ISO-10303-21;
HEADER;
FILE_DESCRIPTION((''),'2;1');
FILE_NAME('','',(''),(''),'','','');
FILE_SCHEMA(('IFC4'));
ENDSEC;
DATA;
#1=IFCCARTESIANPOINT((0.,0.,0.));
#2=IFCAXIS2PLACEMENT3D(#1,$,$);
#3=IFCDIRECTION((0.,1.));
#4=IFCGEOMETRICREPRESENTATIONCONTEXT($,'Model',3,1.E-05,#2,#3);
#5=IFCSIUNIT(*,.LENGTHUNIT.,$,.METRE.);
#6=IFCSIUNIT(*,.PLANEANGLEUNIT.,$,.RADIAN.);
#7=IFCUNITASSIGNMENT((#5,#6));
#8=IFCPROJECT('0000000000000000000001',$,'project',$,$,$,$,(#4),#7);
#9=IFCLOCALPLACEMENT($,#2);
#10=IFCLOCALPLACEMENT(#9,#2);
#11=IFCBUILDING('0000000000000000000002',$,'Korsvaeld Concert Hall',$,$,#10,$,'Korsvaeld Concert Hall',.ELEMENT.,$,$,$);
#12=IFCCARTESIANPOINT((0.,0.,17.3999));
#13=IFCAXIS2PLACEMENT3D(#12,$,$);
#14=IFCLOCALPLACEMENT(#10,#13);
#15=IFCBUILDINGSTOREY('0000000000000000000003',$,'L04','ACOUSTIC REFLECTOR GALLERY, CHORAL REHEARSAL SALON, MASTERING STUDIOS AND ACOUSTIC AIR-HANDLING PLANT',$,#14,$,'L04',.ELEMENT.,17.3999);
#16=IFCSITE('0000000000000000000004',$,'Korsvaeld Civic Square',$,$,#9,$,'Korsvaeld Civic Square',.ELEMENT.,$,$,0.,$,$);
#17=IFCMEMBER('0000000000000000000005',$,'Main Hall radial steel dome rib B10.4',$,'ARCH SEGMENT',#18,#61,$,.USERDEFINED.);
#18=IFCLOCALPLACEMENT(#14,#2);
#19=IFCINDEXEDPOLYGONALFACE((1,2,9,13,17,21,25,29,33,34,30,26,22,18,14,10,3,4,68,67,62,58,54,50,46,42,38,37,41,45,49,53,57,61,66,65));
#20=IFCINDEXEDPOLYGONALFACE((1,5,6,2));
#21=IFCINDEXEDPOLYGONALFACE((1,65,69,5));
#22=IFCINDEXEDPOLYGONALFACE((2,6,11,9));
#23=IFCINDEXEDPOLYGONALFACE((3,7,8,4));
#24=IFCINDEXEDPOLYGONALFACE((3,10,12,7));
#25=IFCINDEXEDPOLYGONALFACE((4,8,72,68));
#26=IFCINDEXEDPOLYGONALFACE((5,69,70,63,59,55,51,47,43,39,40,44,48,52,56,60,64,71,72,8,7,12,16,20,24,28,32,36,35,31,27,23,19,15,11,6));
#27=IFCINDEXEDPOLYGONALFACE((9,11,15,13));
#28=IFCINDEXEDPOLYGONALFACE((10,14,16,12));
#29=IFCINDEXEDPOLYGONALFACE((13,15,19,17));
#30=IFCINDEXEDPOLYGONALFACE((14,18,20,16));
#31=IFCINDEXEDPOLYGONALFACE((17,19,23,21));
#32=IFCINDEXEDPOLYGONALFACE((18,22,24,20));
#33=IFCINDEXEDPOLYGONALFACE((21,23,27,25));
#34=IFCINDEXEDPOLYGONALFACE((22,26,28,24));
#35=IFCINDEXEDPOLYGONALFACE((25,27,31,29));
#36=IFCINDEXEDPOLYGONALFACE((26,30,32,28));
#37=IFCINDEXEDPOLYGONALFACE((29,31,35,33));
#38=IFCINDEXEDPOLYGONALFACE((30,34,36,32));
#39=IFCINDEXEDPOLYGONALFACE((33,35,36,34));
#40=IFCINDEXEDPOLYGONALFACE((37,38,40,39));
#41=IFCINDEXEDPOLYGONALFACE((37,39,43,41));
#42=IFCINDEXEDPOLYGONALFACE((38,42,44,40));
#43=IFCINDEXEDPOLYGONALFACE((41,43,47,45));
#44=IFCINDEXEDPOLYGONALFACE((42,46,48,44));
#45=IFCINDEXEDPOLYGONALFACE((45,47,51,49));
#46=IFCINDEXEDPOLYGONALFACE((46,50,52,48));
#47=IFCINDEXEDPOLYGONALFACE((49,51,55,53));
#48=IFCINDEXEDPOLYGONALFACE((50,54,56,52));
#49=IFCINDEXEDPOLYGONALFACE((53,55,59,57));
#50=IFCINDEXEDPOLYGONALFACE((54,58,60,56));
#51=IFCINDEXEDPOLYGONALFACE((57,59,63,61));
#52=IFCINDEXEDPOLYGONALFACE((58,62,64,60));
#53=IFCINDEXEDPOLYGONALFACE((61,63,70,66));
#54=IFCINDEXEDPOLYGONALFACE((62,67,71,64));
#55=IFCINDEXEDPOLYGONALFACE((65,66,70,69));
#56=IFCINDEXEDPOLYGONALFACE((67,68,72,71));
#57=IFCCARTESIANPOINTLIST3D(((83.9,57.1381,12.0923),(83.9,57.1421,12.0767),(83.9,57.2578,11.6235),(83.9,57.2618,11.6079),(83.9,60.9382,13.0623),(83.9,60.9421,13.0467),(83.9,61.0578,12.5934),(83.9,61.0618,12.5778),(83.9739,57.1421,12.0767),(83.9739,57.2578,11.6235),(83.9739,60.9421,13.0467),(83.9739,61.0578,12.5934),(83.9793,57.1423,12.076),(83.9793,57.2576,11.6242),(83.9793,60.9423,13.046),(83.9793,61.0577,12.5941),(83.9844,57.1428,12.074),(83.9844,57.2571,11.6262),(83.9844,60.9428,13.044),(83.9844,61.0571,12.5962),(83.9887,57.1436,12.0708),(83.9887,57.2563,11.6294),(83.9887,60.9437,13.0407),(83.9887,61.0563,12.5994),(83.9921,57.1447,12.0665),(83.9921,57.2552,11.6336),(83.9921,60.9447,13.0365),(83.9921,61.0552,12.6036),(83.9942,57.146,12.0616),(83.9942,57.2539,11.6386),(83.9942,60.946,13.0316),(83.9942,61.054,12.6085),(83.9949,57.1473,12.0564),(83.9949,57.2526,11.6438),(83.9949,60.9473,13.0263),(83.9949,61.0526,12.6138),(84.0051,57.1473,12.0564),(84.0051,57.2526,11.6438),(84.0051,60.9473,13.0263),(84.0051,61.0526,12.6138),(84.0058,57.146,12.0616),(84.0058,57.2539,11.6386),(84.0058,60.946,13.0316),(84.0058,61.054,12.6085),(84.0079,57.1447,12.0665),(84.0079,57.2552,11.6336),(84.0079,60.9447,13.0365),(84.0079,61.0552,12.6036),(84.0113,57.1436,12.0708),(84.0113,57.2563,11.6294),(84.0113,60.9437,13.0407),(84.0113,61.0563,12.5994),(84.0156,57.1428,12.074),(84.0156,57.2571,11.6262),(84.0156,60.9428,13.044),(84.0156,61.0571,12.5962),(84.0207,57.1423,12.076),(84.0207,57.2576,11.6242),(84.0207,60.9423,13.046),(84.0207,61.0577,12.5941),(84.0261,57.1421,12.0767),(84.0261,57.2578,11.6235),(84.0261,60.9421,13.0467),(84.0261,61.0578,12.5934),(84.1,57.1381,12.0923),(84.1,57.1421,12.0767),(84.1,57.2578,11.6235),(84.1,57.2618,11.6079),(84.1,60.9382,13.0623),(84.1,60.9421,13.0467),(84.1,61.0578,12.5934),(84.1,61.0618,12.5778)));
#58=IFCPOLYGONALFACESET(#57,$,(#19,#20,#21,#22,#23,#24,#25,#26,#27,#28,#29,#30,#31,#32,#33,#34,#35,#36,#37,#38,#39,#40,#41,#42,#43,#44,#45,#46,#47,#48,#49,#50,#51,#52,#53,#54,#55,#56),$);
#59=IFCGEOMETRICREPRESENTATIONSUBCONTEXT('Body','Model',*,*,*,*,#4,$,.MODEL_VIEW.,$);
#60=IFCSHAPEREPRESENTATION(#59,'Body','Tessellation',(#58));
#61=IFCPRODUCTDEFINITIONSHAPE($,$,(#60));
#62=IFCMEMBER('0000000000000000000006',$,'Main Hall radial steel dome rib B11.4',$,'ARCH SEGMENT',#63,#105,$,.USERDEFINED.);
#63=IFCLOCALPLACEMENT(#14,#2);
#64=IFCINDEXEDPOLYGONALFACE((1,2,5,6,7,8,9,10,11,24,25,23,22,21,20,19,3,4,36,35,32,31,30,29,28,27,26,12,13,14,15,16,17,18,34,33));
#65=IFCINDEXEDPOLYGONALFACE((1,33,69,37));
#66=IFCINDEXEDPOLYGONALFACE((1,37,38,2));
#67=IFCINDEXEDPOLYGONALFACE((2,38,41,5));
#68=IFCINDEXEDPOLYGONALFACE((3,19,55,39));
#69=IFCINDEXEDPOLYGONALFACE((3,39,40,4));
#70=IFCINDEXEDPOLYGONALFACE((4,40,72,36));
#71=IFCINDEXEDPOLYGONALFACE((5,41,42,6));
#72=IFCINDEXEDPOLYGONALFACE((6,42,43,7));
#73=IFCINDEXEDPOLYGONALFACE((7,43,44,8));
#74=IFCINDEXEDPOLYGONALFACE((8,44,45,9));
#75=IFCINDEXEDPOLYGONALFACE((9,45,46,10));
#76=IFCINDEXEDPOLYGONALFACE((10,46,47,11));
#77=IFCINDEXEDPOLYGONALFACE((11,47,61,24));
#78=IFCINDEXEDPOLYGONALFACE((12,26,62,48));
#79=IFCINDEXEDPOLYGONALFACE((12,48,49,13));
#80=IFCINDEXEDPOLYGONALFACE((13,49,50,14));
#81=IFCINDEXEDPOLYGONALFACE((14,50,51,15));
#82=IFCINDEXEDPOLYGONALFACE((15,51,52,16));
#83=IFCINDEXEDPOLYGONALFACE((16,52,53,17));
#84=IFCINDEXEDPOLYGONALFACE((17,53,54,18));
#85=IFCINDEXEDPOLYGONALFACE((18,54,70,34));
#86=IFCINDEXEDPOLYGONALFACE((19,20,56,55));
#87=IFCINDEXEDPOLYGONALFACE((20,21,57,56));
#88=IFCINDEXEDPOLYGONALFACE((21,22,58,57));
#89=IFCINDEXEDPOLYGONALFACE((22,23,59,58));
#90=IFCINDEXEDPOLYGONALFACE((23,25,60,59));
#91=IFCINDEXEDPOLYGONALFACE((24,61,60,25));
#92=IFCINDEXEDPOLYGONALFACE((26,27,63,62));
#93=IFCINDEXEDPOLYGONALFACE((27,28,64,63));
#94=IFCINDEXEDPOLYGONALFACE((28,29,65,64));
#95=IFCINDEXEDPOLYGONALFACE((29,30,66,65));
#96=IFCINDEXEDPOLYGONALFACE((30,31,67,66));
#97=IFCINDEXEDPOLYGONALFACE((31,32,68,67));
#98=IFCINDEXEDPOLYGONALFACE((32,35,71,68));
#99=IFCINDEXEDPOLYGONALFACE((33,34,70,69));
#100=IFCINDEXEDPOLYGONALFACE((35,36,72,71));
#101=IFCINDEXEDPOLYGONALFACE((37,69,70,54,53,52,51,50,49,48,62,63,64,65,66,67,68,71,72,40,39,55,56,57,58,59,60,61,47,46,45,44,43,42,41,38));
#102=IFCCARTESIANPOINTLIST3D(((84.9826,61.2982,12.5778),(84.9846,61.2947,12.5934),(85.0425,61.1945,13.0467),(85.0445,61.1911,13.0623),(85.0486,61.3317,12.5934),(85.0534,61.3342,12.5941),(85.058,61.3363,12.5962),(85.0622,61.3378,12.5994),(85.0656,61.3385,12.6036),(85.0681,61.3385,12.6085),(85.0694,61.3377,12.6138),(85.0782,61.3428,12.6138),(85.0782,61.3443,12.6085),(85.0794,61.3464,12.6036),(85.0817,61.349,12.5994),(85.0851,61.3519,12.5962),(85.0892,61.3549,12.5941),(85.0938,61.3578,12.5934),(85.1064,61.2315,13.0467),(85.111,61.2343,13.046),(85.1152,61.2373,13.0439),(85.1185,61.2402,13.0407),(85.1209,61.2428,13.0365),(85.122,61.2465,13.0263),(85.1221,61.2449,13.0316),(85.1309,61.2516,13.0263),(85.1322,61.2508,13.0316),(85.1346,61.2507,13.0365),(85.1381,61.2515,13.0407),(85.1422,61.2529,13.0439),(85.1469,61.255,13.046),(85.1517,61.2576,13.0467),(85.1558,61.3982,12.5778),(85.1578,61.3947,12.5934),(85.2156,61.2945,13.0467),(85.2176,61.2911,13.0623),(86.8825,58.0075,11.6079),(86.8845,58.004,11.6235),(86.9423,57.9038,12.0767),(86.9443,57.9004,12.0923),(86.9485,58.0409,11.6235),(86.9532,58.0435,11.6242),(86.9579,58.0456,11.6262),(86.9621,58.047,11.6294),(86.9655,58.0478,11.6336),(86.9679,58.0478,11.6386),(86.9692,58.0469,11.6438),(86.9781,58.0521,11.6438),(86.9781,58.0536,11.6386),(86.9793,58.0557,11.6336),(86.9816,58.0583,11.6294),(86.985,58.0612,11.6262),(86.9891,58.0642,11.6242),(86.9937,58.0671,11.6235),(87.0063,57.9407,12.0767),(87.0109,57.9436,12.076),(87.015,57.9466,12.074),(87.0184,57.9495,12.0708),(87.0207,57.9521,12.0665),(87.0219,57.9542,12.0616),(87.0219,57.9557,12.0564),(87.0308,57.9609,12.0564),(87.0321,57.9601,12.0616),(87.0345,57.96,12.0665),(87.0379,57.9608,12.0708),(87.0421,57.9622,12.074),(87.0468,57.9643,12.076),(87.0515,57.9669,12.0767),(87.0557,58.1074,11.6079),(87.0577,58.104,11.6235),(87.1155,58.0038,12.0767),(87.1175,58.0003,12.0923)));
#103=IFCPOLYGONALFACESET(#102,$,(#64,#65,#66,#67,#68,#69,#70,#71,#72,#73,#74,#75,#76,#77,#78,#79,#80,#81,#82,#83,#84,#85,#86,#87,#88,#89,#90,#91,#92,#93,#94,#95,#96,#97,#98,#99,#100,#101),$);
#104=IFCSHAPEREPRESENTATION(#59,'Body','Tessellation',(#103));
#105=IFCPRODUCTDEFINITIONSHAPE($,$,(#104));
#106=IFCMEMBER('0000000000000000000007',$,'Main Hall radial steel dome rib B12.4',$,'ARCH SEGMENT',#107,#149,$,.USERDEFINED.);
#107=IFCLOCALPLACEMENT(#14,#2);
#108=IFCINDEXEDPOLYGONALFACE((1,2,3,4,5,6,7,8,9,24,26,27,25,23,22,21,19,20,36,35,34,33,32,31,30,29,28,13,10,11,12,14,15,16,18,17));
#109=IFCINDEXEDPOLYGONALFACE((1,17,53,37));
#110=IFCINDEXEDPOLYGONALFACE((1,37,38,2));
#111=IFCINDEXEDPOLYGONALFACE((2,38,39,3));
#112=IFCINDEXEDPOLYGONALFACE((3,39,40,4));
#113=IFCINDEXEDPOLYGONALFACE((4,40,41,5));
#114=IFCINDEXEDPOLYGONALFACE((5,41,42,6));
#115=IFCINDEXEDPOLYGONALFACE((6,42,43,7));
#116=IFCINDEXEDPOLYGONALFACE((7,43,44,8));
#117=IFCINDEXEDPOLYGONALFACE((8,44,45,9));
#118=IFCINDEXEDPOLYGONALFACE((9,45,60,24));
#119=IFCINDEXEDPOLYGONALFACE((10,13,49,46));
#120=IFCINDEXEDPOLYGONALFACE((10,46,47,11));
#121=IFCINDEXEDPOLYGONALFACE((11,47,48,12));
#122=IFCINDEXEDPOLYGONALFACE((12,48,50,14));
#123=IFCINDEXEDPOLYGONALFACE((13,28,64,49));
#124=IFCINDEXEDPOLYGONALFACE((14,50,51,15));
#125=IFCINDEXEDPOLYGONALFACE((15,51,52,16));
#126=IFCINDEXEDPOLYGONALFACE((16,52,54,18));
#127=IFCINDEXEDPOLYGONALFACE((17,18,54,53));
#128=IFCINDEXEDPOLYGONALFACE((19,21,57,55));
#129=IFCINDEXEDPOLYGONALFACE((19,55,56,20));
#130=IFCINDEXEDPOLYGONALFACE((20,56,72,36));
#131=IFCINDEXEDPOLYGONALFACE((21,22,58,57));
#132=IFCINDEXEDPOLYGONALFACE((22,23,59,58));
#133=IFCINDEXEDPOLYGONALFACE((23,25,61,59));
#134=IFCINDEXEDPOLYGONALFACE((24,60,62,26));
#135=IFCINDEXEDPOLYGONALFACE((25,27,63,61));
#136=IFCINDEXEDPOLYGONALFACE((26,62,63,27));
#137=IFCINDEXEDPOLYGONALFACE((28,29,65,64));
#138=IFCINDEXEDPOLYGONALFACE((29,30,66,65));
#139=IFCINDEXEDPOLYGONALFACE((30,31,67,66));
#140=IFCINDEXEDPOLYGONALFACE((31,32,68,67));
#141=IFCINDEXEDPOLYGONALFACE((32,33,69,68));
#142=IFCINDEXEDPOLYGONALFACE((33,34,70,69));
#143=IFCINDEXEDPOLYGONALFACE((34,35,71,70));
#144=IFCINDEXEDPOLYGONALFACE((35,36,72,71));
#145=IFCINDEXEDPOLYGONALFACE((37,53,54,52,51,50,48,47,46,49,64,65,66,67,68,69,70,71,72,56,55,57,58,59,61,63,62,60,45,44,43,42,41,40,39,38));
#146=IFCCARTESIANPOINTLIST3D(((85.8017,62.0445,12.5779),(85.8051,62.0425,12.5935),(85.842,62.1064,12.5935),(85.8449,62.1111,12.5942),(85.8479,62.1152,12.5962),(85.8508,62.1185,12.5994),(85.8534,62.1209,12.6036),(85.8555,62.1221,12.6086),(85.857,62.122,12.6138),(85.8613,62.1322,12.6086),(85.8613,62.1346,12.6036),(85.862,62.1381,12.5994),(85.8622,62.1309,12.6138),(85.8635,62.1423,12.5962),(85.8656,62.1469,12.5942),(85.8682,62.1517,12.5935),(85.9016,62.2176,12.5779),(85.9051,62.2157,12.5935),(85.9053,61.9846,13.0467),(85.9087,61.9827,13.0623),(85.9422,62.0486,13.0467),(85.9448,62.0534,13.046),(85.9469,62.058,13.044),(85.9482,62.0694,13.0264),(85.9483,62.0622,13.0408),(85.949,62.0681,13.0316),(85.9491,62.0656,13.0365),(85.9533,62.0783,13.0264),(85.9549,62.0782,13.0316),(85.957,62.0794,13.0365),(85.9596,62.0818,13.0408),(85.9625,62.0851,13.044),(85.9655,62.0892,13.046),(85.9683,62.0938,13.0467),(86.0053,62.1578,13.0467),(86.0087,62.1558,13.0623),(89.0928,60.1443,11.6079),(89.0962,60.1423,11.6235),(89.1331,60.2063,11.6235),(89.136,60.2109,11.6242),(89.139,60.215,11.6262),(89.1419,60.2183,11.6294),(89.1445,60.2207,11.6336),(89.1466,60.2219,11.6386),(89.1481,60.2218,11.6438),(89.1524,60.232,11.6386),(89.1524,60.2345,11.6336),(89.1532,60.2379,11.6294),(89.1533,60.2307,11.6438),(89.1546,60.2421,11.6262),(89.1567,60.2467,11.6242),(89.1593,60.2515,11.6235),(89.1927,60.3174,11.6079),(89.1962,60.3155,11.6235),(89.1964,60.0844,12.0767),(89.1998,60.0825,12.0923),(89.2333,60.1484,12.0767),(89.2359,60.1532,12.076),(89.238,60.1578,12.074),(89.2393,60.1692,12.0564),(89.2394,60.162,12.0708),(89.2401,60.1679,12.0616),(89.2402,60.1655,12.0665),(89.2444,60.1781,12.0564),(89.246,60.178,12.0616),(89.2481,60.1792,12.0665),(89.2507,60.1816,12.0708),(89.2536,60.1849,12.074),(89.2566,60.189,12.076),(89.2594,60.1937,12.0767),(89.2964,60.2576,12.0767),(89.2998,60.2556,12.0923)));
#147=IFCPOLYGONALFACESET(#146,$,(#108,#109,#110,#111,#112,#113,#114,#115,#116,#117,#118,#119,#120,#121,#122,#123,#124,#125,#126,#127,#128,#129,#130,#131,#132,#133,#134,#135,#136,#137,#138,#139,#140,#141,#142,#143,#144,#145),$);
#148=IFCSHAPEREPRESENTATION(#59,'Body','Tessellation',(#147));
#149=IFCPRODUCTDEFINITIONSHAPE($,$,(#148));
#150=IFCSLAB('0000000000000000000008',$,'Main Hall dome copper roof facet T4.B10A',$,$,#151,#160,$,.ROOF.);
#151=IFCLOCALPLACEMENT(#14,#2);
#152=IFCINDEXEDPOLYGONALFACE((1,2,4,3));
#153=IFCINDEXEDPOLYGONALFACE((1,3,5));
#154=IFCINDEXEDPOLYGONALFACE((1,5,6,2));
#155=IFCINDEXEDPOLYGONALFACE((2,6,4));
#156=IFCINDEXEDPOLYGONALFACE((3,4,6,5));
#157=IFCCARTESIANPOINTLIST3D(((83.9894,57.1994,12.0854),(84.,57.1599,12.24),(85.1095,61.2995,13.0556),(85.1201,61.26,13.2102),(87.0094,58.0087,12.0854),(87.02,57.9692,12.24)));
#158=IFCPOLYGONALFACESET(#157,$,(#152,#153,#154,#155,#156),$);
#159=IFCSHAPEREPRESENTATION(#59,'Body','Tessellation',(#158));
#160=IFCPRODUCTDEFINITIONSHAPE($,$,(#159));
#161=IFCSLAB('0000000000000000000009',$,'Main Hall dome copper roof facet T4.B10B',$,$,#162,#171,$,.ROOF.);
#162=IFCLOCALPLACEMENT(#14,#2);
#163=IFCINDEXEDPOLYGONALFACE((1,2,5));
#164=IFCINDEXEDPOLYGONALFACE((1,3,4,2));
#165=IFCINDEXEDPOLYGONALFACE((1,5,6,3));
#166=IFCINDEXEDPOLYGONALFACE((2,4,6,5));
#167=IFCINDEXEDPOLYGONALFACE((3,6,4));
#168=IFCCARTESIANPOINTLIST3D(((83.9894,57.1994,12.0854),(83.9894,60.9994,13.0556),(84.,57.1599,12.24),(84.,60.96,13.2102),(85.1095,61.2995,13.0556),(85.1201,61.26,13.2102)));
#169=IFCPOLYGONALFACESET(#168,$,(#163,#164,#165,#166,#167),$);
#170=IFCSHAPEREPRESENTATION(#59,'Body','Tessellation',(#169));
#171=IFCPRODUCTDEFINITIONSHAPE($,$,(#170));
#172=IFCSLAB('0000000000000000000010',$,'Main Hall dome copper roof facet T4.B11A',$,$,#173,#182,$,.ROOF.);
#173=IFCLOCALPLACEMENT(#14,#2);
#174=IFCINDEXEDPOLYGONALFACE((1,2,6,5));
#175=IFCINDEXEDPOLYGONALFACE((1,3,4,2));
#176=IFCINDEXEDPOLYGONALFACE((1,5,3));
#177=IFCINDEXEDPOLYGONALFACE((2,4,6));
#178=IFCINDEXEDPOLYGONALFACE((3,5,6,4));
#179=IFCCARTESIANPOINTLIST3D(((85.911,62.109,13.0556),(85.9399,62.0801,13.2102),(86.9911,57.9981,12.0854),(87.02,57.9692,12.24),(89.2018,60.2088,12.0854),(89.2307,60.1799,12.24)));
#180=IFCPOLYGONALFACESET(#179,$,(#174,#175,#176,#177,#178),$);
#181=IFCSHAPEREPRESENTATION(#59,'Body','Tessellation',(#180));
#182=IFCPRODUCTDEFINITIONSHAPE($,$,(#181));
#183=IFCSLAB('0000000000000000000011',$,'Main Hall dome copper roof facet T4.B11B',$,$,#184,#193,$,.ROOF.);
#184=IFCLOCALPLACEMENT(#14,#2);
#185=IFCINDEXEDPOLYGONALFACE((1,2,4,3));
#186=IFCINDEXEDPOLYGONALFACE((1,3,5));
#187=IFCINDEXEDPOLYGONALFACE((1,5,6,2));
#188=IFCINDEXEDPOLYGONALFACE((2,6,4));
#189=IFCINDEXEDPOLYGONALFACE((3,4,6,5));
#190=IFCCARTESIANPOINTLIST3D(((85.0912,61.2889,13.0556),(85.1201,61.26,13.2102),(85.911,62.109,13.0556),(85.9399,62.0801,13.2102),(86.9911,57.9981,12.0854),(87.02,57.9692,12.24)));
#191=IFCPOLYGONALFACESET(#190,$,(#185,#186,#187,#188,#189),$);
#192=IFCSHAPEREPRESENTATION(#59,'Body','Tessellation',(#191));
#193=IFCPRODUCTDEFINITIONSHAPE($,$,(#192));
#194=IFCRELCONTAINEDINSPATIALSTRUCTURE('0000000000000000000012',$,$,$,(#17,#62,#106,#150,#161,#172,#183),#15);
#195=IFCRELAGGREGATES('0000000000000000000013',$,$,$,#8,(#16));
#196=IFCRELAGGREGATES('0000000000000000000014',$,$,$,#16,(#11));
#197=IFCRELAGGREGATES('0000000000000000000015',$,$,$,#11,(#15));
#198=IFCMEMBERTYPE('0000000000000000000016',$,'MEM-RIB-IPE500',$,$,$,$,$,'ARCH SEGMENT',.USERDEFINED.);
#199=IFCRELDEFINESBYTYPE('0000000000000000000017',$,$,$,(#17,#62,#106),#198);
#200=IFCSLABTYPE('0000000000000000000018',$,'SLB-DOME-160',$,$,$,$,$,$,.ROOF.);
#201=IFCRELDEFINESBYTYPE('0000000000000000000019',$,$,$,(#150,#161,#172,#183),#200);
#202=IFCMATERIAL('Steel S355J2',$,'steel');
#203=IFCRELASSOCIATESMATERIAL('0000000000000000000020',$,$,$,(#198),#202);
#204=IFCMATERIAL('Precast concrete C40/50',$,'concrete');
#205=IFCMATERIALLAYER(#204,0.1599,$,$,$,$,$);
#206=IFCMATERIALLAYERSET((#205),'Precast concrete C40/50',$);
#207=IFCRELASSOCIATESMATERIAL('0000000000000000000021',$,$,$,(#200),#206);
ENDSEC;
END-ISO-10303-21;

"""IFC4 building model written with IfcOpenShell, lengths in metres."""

from ifc_helpers import new_model, si_unit, direction, frame, origin, origin_2d, place, context, subcontext, project, spatial, polyline, i_section, outline, extrude, material, layer, layer_set, material_profile, profile_set, type_object, element, save


model = new_model("IFC4")

# Units and contexts
model_context = context("Model", 3, precision=1e-05, world=origin(), true_north=direction((0.0, 1.0)))
body_context = subcontext(model_context, "Body", "Model", "MODEL_VIEW")
ifc_project = project(units=[si_unit("LENGTHUNIT", "METRE"), si_unit("PLANEANGLEUNIT", "RADIAN")], contexts=[model_context])

# Site, building, storey
site_placement = place(None, origin())
site = spatial("IfcSite", under=ifc_project, at=site_placement, Name="Korsvaeld Civic Square", LongName="Korsvaeld Civic Square", CompositionType="ELEMENT", RefElevation=0.0)
building_placement = place(site_placement, origin())
building = spatial("IfcBuilding", under=site, at=building_placement, Name="Korsvaeld Concert Hall", LongName="Korsvaeld Concert Hall", CompositionType="ELEMENT")
storey_placement = place(building_placement, frame((0.0, 0.0, 17.3999)))
storey = spatial("IfcBuildingStorey", under=building, at=storey_placement, Name="L04", Description="ACOUSTIC REFLECTOR GALLERY, CHORAL REHEARSAL SALON, MASTERING STUDIOS AND ACOUSTIC AIR-HANDLING PLANT", LongName="L04", CompositionType="ELEMENT", Elevation=17.3999)

# Shared definitions
ifc_material_1 = material(Name="Steel S355J2", Category="steel")

# Members
ifc_material_profile_1 = material_profile(ifc_material_1, i_section(OverallWidth=0.2, OverallDepth=0.5, WebThickness=0.0103, FlangeThickness=0.0161, FilletRadius=0.021, at=origin_2d()), Name="IPE 500")
ifc_profile_set_1 = profile_set([ifc_material_profile_1], Name="Steel S355J2")
member_type_1 = type_object("IfcMemberType", Name="MEM-RIB-IPE500", ElementType="ARCH SEGMENT", PredefinedType="USERDEFINED", material=ifc_profile_set_1)
member_1_placement = place(storey_placement, frame((84.0, 57.2, 11.8501), z_axis=(0.0, 0.968933, 0.247322), x_axis=(-1.0, 0.0, 0.0)))
element("IfcMember", 1, at=member_1_placement, inside=storey, type_object=member_type_1, Name="Main Hall radial steel dome rib B10.4", ObjectType="ARCH SEGMENT", PredefinedType="USERDEFINED", context=body_context, shape_type="SweptSolid", body=[
    extrude(i_section(OverallWidth=0.2, OverallDepth=0.5, WebThickness=0.0103, FlangeThickness=0.0161, FilletRadius=0.021, at=origin_2d()), origin(), (0.0, 0.0, 1.0), 3.9219),
])
member_2_placement = place(storey_placement, frame((87.0, 58.0039, 11.8501), z_axis=(-0.48446, 0.839121, 0.247335), x_axis=(-0.866028, -0.499995, 0.0)))
element("IfcMember", 2, at=member_2_placement, inside=storey, type_object=member_type_1, Name="Main Hall radial steel dome rib B11.4", ObjectType="ARCH SEGMENT", PredefinedType="USERDEFINED", context=body_context, shape_type="SweptSolid", body=[
    extrude(i_section(OverallWidth=0.2, OverallDepth=0.5, WebThickness=0.0103, FlangeThickness=0.0161, FilletRadius=0.021, at=origin_2d()), origin(), (0.0, 0.0, 1.0), 3.9216),
])
member_3_placement = place(storey_placement, frame((89.1963, 60.2, 11.8501), z_axis=(-0.839114, 0.484482, 0.247315), x_axis=(-0.500015, -0.866017, 0.0)))
element("IfcMember", 3, at=member_3_placement, inside=storey, type_object=member_type_1, Name="Main Hall radial steel dome rib B12.4", ObjectType="ARCH SEGMENT", PredefinedType="USERDEFINED", context=body_context, shape_type="SweptSolid", body=[
    extrude(i_section(OverallWidth=0.2, OverallDepth=0.5, WebThickness=0.0103, FlangeThickness=0.0161, FilletRadius=0.021, at=origin_2d()), origin(), (0.0, 0.0, 1.0), 3.9221),
])

# Slabs
ifc_material_2 = material(Name="Precast concrete C40/50", Category="concrete")
ifc_layer = layer(ifc_material_2, 0.1599)
ifc_layer_set = layer_set([ifc_layer], Name="Precast concrete C40/50")
slab_type = type_object("IfcSlabType", Name="SLB-DOME-160", PredefinedType="ROOF", material=ifc_layer_set)
slab_1_placement = place(storey_placement, frame((84.0, 57.1599, 12.24), z_axis=(0.066152, -0.246847, 0.966794), x_axis=(0.965917, 0.258853, 0.0)))
element("IfcSlab", 4, at=slab_1_placement, inside=storey, type_object=slab_type, Name="Main Hall dome copper roof facet T4.B10A", PredefinedType="ROOF", context=body_context, shape_type="SweptSolid", body=[
    extrude(outline(polyline([(0.0, 0.0), (3.1266, 0.0), (2.1433, 3.7965), (0.0, 0.0)])), origin(), (0.0, 0.0, -1.0), 0.1599),
])
slab_2_placement = place(storey_placement, frame((84.0, 57.1599, 12.24), z_axis=(0.066122, -0.246839, 0.966798), x_axis=(0.256927, 0.940459, 0.222543)))
element("IfcSlab", 5, at=slab_2_placement, inside=storey, type_object=slab_type, Name="Main Hall dome copper roof facet T4.B10B", PredefinedType="ROOF", context=body_context, shape_type="SweptSolid", body=[
    extrude(outline(polyline([(0.0, 0.0), (4.3597, 0.0), (3.7897, 1.0099), (0.0, 0.0)])), origin(), (0.0, 0.0, -1.0), 0.1599),
])
slab_3_placement = place(storey_placement, frame((87.02, 57.9692, 12.24), z_axis=(0.1807, -0.1807, 0.966796), x_axis=(0.707107, 0.707107, 0.0)))
element("IfcSlab", 6, at=slab_3_placement, inside=storey, type_object=slab_type, Name="Main Hall dome copper roof facet T4.B11A", PredefinedType="ROOF", context=body_context, shape_type="SweptSolid", body=[
    extrude(outline(polyline([(0.0, 0.0), (3.1264, 0.0), (2.1431, 3.7966), (0.0, 0.0)])), origin(), (0.0, 0.0, -1.0), 0.1599),
])
slab_4_placement = place(storey_placement, frame((87.02, 57.9692, 12.24), z_axis=(0.180742, -0.180688, 0.966791), x_axis=(-0.247742, 0.94292, 0.222542)))
element("IfcSlab", 7, at=slab_4_placement, inside=storey, type_object=slab_type, Name="Main Hall dome copper roof facet T4.B11B", PredefinedType="ROOF", context=body_context, shape_type="SweptSolid", body=[
    extrude(outline(polyline([(0.0, 0.0), (4.3597, 0.0), (3.7895, 1.0097), (0.0, 0.0)])), origin(), (0.0, 0.0, -1.0), 0.1599),
])

save(model, "model.ifc")
